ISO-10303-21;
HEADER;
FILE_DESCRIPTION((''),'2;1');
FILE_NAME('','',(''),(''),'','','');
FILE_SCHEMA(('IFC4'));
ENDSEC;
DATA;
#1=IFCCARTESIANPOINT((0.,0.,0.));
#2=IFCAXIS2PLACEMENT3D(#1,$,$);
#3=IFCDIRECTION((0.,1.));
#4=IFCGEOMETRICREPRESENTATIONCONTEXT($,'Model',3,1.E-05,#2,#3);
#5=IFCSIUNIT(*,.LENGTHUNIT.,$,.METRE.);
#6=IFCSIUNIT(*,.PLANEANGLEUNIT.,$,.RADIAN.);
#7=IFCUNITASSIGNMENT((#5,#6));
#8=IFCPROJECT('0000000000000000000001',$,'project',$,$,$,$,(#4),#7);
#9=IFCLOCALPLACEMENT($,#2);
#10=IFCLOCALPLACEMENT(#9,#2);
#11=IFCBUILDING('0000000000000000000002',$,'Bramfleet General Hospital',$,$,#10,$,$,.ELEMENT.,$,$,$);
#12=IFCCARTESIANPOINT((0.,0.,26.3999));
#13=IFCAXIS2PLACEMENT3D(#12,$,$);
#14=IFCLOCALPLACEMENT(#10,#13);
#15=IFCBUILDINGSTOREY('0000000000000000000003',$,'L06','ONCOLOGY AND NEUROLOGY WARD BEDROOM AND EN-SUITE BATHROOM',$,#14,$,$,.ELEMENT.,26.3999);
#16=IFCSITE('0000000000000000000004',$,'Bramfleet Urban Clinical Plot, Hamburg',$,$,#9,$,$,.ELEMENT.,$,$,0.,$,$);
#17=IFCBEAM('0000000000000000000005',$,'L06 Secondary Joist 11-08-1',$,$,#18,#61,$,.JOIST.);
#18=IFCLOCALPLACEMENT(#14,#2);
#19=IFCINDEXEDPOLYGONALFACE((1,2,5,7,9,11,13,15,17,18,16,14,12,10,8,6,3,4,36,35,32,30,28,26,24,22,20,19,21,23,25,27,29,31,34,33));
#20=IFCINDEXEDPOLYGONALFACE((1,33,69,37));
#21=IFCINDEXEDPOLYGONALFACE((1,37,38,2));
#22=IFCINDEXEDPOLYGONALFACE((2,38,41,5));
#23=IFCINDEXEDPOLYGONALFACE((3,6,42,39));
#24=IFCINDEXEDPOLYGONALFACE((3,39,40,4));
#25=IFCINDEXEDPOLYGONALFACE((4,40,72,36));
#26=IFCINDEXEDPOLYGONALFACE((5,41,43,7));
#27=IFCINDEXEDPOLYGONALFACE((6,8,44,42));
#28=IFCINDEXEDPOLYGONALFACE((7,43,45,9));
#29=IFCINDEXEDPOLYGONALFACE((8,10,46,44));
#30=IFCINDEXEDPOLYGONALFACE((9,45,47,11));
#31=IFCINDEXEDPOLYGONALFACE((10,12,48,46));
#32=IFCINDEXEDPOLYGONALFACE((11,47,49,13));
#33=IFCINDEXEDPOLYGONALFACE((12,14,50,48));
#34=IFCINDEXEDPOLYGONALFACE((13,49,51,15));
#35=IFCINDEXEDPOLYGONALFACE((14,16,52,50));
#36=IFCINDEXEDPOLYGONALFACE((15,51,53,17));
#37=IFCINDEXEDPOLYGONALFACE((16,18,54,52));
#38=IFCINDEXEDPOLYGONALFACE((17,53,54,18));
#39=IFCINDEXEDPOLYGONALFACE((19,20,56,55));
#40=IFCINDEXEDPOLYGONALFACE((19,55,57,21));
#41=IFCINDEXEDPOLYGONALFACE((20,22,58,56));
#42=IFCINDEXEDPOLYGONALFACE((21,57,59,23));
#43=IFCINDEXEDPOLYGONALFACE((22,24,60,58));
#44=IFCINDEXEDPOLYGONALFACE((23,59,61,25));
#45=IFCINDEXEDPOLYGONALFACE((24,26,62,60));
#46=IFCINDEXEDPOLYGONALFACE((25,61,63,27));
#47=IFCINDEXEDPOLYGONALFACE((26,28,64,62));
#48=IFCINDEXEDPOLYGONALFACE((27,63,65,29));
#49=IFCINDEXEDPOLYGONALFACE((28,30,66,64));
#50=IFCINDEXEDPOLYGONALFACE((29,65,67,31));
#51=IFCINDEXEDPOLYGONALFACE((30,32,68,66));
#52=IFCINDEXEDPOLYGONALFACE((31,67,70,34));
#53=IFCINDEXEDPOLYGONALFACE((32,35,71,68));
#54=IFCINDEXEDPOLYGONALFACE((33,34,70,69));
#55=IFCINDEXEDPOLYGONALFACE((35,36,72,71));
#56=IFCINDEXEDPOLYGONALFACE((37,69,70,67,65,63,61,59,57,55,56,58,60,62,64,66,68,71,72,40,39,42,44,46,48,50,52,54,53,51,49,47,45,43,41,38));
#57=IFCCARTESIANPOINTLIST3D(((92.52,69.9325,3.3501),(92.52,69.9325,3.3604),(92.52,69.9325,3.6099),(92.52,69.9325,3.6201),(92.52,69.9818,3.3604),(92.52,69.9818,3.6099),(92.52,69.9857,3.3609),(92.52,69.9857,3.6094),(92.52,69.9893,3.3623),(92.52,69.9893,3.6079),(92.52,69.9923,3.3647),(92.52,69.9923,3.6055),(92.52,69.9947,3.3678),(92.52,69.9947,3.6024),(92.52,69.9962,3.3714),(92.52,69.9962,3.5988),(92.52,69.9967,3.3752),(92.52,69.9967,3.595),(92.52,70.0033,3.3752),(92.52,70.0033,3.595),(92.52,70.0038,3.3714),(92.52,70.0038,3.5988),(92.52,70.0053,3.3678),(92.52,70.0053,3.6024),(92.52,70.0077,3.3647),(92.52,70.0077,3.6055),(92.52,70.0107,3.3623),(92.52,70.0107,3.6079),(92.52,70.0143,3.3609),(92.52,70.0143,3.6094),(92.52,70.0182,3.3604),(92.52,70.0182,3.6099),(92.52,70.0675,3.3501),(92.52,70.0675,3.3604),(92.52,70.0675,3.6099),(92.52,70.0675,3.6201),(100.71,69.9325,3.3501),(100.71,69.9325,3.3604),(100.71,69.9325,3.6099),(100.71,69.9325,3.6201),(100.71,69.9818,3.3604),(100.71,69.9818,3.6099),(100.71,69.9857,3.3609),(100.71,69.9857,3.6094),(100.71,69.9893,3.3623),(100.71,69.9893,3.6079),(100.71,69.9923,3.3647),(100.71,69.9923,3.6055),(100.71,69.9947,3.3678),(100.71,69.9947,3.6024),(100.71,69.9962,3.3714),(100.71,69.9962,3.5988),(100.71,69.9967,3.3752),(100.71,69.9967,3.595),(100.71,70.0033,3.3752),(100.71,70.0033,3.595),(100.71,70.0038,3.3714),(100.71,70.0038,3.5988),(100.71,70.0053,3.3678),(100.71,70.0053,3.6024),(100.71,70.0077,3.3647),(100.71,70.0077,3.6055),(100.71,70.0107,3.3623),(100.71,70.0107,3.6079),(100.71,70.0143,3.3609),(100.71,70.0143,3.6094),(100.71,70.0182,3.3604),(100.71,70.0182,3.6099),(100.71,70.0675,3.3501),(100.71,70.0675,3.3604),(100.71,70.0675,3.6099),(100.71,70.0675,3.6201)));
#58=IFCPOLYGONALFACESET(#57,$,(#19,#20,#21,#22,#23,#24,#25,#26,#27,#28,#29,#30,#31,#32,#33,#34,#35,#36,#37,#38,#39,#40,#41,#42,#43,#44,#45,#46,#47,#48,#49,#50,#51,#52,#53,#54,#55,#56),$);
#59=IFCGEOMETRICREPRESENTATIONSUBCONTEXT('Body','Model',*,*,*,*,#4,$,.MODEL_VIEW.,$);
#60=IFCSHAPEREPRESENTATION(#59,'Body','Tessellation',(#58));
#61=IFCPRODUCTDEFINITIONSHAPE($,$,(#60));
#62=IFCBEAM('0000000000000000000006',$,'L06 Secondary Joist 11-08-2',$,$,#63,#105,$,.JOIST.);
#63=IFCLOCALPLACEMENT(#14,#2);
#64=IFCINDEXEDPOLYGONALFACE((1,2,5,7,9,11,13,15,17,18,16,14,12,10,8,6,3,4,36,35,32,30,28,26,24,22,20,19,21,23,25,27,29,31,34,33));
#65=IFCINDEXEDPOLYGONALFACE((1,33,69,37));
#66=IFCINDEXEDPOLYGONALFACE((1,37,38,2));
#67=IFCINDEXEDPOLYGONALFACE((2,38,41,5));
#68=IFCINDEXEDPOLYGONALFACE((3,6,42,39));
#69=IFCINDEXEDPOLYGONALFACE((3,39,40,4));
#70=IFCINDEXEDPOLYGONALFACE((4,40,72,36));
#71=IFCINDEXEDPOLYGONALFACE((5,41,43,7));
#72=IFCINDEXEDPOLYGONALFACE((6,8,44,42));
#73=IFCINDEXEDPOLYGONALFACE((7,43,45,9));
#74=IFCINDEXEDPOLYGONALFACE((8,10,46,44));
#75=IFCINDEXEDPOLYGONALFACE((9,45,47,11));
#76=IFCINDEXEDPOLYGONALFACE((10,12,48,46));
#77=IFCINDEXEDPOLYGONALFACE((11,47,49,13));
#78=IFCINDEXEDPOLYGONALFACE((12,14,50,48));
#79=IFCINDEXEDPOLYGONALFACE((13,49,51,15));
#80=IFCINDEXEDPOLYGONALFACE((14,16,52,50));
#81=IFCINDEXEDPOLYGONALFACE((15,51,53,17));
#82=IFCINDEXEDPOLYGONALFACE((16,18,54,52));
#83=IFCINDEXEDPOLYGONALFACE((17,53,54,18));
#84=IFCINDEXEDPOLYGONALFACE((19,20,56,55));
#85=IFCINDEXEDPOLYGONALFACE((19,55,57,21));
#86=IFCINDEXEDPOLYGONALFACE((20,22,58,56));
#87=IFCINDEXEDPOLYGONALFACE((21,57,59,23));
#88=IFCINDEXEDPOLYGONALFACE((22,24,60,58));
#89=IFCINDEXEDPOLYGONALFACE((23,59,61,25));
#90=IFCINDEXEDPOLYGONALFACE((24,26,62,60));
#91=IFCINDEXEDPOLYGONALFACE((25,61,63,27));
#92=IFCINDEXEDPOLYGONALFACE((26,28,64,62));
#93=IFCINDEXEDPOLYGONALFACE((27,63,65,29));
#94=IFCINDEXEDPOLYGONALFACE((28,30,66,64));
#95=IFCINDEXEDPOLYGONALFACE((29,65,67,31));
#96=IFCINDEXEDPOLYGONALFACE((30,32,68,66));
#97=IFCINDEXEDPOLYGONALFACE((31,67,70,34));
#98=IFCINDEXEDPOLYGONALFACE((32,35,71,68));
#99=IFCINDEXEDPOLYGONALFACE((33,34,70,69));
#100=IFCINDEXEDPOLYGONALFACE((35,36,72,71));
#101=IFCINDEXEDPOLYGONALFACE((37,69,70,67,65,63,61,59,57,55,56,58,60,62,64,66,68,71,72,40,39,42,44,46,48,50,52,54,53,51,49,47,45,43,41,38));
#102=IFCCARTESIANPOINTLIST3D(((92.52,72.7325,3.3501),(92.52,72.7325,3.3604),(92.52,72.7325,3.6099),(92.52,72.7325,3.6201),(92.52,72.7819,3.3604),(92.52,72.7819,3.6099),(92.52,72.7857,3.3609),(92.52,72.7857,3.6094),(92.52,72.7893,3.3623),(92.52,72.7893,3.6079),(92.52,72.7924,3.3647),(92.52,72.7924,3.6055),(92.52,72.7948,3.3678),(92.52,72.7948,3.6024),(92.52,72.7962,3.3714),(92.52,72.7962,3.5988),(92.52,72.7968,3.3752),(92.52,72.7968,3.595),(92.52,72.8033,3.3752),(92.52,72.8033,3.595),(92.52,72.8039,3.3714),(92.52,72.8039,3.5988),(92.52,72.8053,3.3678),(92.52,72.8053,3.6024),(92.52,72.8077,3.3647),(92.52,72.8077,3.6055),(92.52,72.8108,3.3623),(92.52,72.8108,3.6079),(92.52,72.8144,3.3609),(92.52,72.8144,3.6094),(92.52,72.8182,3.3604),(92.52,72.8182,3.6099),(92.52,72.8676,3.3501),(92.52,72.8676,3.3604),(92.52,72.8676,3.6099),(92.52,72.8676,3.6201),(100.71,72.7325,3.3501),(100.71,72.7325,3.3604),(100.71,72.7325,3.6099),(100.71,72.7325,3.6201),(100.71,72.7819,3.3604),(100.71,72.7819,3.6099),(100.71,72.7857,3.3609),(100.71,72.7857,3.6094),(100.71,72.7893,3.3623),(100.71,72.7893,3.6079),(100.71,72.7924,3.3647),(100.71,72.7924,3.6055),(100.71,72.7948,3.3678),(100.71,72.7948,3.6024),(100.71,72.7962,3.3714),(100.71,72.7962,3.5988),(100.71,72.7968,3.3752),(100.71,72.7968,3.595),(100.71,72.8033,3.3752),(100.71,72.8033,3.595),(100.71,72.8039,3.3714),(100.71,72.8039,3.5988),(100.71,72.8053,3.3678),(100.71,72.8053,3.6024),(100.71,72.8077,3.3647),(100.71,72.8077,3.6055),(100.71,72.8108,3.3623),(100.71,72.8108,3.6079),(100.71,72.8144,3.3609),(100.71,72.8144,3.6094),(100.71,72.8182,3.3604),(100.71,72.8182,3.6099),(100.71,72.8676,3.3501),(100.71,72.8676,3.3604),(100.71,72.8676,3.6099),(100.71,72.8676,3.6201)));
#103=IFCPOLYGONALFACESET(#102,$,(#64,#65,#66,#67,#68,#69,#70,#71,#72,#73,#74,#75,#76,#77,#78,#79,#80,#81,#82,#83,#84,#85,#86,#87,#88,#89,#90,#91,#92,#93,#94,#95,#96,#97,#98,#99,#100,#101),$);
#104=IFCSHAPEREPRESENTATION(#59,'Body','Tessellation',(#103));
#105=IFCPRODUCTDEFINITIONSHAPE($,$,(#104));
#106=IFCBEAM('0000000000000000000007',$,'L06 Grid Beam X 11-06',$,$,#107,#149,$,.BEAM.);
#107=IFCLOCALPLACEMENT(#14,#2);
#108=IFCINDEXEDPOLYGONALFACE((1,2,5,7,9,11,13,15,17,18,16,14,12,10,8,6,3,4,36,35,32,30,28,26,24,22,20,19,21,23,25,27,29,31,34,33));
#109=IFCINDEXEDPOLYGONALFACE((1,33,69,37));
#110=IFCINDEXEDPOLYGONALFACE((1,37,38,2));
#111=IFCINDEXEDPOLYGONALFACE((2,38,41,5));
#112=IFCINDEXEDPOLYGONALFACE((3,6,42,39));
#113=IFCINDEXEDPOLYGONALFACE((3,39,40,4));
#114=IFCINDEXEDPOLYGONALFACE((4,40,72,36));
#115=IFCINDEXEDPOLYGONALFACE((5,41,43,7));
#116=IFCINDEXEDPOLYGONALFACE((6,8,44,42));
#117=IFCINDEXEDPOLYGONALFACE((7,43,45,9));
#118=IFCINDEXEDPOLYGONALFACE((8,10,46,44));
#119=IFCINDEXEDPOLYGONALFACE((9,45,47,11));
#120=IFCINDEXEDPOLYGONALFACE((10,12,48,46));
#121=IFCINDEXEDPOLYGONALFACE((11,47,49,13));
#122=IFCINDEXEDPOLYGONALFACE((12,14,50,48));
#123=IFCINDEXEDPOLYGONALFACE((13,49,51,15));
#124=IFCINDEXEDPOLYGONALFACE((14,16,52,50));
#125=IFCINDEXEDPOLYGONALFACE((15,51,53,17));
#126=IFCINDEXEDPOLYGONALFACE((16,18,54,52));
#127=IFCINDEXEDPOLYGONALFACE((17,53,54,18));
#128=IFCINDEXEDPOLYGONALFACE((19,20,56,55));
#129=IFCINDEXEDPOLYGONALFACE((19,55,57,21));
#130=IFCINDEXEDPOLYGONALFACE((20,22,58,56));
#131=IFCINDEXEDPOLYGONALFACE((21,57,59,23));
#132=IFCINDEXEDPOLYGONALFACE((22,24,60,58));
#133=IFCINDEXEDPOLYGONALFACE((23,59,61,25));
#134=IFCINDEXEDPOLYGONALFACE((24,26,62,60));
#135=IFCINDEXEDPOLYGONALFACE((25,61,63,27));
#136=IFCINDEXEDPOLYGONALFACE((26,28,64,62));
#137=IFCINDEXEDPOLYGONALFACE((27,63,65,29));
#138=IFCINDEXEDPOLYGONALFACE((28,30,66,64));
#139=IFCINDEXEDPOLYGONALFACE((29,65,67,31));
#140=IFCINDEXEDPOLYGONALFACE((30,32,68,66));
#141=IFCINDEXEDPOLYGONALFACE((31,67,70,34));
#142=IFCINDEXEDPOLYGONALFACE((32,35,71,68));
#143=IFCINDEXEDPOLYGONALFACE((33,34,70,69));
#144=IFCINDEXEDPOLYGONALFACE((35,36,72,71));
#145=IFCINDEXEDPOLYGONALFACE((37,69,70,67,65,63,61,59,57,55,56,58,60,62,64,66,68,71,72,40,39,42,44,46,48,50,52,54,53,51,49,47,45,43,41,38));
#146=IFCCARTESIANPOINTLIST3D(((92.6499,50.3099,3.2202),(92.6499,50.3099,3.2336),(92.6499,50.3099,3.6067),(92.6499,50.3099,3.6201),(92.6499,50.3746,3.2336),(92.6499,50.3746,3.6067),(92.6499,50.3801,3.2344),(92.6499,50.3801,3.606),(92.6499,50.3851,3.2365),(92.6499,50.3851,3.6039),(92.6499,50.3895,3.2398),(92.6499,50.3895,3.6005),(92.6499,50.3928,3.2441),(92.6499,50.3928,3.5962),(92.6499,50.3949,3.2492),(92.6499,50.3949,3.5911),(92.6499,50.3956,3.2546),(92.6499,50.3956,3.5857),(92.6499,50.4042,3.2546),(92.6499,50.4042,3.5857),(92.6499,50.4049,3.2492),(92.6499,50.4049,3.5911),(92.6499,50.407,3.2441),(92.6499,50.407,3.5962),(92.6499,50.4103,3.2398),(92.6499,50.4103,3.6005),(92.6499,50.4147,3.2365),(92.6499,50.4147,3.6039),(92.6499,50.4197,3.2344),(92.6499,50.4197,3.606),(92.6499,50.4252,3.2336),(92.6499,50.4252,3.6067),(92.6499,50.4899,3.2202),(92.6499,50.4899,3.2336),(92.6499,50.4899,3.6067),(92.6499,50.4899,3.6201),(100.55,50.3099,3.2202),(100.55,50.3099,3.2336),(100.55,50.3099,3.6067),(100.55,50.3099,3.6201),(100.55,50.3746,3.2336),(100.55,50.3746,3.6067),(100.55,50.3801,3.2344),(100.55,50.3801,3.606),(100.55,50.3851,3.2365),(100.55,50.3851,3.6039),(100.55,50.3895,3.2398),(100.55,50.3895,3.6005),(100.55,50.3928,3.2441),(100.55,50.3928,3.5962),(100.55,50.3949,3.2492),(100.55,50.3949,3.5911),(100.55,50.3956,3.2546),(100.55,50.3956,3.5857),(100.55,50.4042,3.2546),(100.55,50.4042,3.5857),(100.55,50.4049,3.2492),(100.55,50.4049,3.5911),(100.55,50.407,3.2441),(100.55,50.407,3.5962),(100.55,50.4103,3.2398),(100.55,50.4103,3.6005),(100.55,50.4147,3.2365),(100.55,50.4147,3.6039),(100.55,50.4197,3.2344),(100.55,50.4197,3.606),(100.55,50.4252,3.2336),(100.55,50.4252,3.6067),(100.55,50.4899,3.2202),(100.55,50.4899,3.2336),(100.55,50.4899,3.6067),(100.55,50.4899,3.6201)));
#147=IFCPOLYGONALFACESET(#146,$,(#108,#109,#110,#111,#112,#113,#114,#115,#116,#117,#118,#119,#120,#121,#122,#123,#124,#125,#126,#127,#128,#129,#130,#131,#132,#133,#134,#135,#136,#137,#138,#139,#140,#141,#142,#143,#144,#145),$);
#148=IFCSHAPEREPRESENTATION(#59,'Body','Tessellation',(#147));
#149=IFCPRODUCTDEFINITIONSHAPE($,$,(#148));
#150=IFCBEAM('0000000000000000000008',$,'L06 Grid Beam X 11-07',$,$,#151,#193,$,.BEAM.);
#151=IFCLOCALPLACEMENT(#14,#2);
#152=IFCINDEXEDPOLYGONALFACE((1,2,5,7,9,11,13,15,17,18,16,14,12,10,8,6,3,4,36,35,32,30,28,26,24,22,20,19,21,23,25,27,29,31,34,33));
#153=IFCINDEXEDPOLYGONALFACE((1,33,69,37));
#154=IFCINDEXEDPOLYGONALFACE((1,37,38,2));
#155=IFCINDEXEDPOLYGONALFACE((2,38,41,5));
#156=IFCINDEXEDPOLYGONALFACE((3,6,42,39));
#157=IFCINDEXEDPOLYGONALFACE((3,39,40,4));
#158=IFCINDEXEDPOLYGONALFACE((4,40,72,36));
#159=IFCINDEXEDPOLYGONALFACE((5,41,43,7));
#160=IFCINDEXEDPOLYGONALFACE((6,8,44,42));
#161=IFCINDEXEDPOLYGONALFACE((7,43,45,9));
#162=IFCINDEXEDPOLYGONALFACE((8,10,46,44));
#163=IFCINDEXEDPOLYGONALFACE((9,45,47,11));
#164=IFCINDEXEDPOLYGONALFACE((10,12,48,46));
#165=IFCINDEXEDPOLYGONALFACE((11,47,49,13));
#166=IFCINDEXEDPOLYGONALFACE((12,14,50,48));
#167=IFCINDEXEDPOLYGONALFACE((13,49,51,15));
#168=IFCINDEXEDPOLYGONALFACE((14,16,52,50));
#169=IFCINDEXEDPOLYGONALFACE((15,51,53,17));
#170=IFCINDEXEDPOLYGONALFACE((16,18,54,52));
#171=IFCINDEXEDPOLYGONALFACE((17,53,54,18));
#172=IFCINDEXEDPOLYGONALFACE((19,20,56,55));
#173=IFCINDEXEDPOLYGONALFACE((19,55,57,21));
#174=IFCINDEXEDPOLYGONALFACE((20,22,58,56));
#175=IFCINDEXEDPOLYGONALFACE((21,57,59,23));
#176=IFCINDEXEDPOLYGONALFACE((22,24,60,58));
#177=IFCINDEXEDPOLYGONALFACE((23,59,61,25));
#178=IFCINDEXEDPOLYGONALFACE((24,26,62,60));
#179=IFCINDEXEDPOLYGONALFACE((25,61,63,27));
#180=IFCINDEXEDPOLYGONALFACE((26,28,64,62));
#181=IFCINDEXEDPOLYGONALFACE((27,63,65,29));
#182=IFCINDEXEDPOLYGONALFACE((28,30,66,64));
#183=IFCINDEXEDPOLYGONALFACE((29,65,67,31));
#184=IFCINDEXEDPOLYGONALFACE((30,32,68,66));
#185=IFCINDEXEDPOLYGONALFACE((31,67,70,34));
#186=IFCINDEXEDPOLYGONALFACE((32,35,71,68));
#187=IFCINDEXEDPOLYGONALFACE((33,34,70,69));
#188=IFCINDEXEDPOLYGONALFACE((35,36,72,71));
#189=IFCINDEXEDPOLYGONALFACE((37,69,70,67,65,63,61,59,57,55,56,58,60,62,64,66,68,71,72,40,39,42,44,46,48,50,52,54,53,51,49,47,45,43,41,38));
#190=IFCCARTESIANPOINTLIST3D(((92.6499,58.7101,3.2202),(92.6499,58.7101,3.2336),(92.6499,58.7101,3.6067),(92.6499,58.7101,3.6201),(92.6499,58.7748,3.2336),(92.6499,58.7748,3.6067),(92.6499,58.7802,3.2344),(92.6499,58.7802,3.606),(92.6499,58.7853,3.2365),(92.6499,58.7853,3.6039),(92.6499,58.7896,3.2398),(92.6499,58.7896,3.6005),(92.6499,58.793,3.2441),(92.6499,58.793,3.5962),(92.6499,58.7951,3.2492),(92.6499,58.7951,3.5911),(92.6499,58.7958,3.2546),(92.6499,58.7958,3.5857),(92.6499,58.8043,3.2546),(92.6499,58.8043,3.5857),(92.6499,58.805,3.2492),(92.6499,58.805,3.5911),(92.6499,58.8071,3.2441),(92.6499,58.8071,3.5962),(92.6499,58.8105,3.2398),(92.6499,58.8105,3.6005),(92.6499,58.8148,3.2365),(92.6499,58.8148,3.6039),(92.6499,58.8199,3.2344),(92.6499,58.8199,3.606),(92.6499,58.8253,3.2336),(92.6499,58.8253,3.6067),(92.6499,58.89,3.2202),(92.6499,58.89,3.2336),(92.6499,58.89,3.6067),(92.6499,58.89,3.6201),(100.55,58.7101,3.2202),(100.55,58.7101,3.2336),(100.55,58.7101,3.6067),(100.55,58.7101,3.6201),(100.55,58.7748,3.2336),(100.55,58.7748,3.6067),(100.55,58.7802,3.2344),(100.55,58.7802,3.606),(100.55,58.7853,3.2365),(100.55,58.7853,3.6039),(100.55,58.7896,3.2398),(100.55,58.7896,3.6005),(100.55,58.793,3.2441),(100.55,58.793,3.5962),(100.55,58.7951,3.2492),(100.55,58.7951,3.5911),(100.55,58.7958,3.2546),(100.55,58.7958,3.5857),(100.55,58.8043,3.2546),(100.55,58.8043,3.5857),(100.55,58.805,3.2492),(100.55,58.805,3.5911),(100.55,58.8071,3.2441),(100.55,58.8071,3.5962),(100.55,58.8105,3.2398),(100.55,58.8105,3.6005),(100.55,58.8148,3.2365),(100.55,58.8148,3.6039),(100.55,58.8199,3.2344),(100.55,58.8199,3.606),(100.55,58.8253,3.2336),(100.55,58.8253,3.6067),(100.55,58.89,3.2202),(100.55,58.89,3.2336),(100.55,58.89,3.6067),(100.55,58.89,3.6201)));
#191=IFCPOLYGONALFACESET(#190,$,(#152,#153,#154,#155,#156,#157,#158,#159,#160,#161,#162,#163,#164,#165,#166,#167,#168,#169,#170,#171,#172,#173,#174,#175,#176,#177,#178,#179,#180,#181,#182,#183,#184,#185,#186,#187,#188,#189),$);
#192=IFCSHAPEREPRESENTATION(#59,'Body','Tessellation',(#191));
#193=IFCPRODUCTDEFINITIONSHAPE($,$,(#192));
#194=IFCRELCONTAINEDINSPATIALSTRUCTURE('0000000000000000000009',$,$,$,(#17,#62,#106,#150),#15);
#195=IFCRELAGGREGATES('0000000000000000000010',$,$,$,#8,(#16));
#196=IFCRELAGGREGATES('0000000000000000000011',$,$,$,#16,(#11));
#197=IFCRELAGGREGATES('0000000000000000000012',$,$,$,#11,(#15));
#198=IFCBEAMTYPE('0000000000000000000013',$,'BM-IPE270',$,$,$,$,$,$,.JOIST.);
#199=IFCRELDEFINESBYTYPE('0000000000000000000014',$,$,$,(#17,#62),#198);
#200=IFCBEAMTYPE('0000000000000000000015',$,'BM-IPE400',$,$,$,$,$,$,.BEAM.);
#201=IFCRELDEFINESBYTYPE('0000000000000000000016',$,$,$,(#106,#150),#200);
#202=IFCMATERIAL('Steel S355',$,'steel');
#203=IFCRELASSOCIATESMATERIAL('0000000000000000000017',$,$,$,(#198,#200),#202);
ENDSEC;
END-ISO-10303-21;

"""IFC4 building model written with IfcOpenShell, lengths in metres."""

from ifc_helpers import new_model, si_unit, direction, frame, origin, origin_2d, place, context, subcontext, project, spatial, i_section, extrude, material, material_profile, profile_set, type_object, element, save


model = new_model("IFC4")

# Units and contexts
model_context = context("Model", 3, precision=1e-05, world=origin(), true_north=direction((0.0, 1.0)))
body_context = subcontext(model_context, "Body", "Model", "MODEL_VIEW")
ifc_project = project(units=[si_unit("LENGTHUNIT", "METRE"), si_unit("PLANEANGLEUNIT", "RADIAN")], contexts=[model_context])

# Site, building, storey
site_placement = place(None, origin())
site = spatial("IfcSite", under=ifc_project, at=site_placement, Name="Bramfleet Urban Clinical Plot, Hamburg", CompositionType="ELEMENT", RefElevation=0.0)
building_placement = place(site_placement, origin())
building = spatial("IfcBuilding", under=site, at=building_placement, Name="Bramfleet General Hospital", CompositionType="ELEMENT")
storey_placement = place(building_placement, frame((0.0, 0.0, 26.3999)))
storey = spatial("IfcBuildingStorey", under=building, at=storey_placement, Name="L06", Description="ONCOLOGY AND NEUROLOGY WARD BEDROOM AND EN-SUITE BATHROOM", CompositionType="ELEMENT", Elevation=26.3999)

# Beams
ifc_material_1 = material(Name="Steel S355", Category="steel")
ifc_material_profile_1 = material_profile(ifc_material_1, i_section(OverallWidth=0.135, OverallDepth=0.27, WebThickness=0.0066, FlangeThickness=0.0103, FilletRadius=0.0149, at=origin_2d()), Name="IPE 270")
ifc_profile_set_1 = profile_set([ifc_material_profile_1], Name="Steel S355")
beam_type_1 = type_object("IfcBeamType", Name="BM-IPE270", PredefinedType="JOIST", material=ifc_profile_set_1)
for number, where, z_axis, x_axis, name in (
    (1, (92.52, 70.0, 3.4851), (1.0, 0.0, 0.0), (0.0, 1.0, 0.0), "L06 Secondary Joist 11-08-1"),
    (2, (92.52, 72.8, 3.4851), (1.0, 0.0, 0.0), (0.0, 1.0, 0.0), "L06 Secondary Joist 11-08-2"),
):
    element("IfcBeam", number, at=place(storey_placement, frame(where, z_axis=z_axis, x_axis=x_axis)), inside=storey, type_object=beam_type_1, Name=name, PredefinedType="JOIST", context=body_context, shape_type="SweptSolid", body=[
        extrude(i_section(OverallWidth=0.135, OverallDepth=0.27, WebThickness=0.0066, FlangeThickness=0.0103, FilletRadius=0.0149, at=origin_2d()), origin(), (0.0, 0.0, 1.0), 8.1899),
    ])
ifc_material_profile_2 = material_profile(ifc_material_1, i_section(OverallWidth=0.1799, OverallDepth=0.3999, WebThickness=0.0085, FlangeThickness=0.0134, FilletRadius=0.021, at=origin_2d()), Name="IPE 400")
ifc_profile_set_2 = profile_set([ifc_material_profile_2], Name="Steel S355")
beam_type_2 = type_object("IfcBeamType", Name="BM-IPE400", PredefinedType="BEAM", material=ifc_profile_set_2)
for number, where, z_axis, x_axis, name in (
    (3, (92.6499, 50.3999, 3.4202), (1.0, 0.0, 0.0), (0.0, 1.0, 0.0), "L06 Grid Beam X 11-06"),
    (4, (92.6499, 58.8, 3.4202), (1.0, 0.0, 0.0), (0.0, 1.0, 0.0), "L06 Grid Beam X 11-07"),
):
    element("IfcBeam", number, at=place(storey_placement, frame(where, z_axis=z_axis, x_axis=x_axis)), inside=storey, type_object=beam_type_2, Name=name, PredefinedType="BEAM", context=body_context, shape_type="SweptSolid", body=[
        extrude(i_section(OverallWidth=0.1799, OverallDepth=0.3999, WebThickness=0.0085, FlangeThickness=0.0134, FilletRadius=0.021, at=origin_2d()), origin(), (0.0, 0.0, 1.0), 7.9001),
    ])

save(model, "model.ifc")
